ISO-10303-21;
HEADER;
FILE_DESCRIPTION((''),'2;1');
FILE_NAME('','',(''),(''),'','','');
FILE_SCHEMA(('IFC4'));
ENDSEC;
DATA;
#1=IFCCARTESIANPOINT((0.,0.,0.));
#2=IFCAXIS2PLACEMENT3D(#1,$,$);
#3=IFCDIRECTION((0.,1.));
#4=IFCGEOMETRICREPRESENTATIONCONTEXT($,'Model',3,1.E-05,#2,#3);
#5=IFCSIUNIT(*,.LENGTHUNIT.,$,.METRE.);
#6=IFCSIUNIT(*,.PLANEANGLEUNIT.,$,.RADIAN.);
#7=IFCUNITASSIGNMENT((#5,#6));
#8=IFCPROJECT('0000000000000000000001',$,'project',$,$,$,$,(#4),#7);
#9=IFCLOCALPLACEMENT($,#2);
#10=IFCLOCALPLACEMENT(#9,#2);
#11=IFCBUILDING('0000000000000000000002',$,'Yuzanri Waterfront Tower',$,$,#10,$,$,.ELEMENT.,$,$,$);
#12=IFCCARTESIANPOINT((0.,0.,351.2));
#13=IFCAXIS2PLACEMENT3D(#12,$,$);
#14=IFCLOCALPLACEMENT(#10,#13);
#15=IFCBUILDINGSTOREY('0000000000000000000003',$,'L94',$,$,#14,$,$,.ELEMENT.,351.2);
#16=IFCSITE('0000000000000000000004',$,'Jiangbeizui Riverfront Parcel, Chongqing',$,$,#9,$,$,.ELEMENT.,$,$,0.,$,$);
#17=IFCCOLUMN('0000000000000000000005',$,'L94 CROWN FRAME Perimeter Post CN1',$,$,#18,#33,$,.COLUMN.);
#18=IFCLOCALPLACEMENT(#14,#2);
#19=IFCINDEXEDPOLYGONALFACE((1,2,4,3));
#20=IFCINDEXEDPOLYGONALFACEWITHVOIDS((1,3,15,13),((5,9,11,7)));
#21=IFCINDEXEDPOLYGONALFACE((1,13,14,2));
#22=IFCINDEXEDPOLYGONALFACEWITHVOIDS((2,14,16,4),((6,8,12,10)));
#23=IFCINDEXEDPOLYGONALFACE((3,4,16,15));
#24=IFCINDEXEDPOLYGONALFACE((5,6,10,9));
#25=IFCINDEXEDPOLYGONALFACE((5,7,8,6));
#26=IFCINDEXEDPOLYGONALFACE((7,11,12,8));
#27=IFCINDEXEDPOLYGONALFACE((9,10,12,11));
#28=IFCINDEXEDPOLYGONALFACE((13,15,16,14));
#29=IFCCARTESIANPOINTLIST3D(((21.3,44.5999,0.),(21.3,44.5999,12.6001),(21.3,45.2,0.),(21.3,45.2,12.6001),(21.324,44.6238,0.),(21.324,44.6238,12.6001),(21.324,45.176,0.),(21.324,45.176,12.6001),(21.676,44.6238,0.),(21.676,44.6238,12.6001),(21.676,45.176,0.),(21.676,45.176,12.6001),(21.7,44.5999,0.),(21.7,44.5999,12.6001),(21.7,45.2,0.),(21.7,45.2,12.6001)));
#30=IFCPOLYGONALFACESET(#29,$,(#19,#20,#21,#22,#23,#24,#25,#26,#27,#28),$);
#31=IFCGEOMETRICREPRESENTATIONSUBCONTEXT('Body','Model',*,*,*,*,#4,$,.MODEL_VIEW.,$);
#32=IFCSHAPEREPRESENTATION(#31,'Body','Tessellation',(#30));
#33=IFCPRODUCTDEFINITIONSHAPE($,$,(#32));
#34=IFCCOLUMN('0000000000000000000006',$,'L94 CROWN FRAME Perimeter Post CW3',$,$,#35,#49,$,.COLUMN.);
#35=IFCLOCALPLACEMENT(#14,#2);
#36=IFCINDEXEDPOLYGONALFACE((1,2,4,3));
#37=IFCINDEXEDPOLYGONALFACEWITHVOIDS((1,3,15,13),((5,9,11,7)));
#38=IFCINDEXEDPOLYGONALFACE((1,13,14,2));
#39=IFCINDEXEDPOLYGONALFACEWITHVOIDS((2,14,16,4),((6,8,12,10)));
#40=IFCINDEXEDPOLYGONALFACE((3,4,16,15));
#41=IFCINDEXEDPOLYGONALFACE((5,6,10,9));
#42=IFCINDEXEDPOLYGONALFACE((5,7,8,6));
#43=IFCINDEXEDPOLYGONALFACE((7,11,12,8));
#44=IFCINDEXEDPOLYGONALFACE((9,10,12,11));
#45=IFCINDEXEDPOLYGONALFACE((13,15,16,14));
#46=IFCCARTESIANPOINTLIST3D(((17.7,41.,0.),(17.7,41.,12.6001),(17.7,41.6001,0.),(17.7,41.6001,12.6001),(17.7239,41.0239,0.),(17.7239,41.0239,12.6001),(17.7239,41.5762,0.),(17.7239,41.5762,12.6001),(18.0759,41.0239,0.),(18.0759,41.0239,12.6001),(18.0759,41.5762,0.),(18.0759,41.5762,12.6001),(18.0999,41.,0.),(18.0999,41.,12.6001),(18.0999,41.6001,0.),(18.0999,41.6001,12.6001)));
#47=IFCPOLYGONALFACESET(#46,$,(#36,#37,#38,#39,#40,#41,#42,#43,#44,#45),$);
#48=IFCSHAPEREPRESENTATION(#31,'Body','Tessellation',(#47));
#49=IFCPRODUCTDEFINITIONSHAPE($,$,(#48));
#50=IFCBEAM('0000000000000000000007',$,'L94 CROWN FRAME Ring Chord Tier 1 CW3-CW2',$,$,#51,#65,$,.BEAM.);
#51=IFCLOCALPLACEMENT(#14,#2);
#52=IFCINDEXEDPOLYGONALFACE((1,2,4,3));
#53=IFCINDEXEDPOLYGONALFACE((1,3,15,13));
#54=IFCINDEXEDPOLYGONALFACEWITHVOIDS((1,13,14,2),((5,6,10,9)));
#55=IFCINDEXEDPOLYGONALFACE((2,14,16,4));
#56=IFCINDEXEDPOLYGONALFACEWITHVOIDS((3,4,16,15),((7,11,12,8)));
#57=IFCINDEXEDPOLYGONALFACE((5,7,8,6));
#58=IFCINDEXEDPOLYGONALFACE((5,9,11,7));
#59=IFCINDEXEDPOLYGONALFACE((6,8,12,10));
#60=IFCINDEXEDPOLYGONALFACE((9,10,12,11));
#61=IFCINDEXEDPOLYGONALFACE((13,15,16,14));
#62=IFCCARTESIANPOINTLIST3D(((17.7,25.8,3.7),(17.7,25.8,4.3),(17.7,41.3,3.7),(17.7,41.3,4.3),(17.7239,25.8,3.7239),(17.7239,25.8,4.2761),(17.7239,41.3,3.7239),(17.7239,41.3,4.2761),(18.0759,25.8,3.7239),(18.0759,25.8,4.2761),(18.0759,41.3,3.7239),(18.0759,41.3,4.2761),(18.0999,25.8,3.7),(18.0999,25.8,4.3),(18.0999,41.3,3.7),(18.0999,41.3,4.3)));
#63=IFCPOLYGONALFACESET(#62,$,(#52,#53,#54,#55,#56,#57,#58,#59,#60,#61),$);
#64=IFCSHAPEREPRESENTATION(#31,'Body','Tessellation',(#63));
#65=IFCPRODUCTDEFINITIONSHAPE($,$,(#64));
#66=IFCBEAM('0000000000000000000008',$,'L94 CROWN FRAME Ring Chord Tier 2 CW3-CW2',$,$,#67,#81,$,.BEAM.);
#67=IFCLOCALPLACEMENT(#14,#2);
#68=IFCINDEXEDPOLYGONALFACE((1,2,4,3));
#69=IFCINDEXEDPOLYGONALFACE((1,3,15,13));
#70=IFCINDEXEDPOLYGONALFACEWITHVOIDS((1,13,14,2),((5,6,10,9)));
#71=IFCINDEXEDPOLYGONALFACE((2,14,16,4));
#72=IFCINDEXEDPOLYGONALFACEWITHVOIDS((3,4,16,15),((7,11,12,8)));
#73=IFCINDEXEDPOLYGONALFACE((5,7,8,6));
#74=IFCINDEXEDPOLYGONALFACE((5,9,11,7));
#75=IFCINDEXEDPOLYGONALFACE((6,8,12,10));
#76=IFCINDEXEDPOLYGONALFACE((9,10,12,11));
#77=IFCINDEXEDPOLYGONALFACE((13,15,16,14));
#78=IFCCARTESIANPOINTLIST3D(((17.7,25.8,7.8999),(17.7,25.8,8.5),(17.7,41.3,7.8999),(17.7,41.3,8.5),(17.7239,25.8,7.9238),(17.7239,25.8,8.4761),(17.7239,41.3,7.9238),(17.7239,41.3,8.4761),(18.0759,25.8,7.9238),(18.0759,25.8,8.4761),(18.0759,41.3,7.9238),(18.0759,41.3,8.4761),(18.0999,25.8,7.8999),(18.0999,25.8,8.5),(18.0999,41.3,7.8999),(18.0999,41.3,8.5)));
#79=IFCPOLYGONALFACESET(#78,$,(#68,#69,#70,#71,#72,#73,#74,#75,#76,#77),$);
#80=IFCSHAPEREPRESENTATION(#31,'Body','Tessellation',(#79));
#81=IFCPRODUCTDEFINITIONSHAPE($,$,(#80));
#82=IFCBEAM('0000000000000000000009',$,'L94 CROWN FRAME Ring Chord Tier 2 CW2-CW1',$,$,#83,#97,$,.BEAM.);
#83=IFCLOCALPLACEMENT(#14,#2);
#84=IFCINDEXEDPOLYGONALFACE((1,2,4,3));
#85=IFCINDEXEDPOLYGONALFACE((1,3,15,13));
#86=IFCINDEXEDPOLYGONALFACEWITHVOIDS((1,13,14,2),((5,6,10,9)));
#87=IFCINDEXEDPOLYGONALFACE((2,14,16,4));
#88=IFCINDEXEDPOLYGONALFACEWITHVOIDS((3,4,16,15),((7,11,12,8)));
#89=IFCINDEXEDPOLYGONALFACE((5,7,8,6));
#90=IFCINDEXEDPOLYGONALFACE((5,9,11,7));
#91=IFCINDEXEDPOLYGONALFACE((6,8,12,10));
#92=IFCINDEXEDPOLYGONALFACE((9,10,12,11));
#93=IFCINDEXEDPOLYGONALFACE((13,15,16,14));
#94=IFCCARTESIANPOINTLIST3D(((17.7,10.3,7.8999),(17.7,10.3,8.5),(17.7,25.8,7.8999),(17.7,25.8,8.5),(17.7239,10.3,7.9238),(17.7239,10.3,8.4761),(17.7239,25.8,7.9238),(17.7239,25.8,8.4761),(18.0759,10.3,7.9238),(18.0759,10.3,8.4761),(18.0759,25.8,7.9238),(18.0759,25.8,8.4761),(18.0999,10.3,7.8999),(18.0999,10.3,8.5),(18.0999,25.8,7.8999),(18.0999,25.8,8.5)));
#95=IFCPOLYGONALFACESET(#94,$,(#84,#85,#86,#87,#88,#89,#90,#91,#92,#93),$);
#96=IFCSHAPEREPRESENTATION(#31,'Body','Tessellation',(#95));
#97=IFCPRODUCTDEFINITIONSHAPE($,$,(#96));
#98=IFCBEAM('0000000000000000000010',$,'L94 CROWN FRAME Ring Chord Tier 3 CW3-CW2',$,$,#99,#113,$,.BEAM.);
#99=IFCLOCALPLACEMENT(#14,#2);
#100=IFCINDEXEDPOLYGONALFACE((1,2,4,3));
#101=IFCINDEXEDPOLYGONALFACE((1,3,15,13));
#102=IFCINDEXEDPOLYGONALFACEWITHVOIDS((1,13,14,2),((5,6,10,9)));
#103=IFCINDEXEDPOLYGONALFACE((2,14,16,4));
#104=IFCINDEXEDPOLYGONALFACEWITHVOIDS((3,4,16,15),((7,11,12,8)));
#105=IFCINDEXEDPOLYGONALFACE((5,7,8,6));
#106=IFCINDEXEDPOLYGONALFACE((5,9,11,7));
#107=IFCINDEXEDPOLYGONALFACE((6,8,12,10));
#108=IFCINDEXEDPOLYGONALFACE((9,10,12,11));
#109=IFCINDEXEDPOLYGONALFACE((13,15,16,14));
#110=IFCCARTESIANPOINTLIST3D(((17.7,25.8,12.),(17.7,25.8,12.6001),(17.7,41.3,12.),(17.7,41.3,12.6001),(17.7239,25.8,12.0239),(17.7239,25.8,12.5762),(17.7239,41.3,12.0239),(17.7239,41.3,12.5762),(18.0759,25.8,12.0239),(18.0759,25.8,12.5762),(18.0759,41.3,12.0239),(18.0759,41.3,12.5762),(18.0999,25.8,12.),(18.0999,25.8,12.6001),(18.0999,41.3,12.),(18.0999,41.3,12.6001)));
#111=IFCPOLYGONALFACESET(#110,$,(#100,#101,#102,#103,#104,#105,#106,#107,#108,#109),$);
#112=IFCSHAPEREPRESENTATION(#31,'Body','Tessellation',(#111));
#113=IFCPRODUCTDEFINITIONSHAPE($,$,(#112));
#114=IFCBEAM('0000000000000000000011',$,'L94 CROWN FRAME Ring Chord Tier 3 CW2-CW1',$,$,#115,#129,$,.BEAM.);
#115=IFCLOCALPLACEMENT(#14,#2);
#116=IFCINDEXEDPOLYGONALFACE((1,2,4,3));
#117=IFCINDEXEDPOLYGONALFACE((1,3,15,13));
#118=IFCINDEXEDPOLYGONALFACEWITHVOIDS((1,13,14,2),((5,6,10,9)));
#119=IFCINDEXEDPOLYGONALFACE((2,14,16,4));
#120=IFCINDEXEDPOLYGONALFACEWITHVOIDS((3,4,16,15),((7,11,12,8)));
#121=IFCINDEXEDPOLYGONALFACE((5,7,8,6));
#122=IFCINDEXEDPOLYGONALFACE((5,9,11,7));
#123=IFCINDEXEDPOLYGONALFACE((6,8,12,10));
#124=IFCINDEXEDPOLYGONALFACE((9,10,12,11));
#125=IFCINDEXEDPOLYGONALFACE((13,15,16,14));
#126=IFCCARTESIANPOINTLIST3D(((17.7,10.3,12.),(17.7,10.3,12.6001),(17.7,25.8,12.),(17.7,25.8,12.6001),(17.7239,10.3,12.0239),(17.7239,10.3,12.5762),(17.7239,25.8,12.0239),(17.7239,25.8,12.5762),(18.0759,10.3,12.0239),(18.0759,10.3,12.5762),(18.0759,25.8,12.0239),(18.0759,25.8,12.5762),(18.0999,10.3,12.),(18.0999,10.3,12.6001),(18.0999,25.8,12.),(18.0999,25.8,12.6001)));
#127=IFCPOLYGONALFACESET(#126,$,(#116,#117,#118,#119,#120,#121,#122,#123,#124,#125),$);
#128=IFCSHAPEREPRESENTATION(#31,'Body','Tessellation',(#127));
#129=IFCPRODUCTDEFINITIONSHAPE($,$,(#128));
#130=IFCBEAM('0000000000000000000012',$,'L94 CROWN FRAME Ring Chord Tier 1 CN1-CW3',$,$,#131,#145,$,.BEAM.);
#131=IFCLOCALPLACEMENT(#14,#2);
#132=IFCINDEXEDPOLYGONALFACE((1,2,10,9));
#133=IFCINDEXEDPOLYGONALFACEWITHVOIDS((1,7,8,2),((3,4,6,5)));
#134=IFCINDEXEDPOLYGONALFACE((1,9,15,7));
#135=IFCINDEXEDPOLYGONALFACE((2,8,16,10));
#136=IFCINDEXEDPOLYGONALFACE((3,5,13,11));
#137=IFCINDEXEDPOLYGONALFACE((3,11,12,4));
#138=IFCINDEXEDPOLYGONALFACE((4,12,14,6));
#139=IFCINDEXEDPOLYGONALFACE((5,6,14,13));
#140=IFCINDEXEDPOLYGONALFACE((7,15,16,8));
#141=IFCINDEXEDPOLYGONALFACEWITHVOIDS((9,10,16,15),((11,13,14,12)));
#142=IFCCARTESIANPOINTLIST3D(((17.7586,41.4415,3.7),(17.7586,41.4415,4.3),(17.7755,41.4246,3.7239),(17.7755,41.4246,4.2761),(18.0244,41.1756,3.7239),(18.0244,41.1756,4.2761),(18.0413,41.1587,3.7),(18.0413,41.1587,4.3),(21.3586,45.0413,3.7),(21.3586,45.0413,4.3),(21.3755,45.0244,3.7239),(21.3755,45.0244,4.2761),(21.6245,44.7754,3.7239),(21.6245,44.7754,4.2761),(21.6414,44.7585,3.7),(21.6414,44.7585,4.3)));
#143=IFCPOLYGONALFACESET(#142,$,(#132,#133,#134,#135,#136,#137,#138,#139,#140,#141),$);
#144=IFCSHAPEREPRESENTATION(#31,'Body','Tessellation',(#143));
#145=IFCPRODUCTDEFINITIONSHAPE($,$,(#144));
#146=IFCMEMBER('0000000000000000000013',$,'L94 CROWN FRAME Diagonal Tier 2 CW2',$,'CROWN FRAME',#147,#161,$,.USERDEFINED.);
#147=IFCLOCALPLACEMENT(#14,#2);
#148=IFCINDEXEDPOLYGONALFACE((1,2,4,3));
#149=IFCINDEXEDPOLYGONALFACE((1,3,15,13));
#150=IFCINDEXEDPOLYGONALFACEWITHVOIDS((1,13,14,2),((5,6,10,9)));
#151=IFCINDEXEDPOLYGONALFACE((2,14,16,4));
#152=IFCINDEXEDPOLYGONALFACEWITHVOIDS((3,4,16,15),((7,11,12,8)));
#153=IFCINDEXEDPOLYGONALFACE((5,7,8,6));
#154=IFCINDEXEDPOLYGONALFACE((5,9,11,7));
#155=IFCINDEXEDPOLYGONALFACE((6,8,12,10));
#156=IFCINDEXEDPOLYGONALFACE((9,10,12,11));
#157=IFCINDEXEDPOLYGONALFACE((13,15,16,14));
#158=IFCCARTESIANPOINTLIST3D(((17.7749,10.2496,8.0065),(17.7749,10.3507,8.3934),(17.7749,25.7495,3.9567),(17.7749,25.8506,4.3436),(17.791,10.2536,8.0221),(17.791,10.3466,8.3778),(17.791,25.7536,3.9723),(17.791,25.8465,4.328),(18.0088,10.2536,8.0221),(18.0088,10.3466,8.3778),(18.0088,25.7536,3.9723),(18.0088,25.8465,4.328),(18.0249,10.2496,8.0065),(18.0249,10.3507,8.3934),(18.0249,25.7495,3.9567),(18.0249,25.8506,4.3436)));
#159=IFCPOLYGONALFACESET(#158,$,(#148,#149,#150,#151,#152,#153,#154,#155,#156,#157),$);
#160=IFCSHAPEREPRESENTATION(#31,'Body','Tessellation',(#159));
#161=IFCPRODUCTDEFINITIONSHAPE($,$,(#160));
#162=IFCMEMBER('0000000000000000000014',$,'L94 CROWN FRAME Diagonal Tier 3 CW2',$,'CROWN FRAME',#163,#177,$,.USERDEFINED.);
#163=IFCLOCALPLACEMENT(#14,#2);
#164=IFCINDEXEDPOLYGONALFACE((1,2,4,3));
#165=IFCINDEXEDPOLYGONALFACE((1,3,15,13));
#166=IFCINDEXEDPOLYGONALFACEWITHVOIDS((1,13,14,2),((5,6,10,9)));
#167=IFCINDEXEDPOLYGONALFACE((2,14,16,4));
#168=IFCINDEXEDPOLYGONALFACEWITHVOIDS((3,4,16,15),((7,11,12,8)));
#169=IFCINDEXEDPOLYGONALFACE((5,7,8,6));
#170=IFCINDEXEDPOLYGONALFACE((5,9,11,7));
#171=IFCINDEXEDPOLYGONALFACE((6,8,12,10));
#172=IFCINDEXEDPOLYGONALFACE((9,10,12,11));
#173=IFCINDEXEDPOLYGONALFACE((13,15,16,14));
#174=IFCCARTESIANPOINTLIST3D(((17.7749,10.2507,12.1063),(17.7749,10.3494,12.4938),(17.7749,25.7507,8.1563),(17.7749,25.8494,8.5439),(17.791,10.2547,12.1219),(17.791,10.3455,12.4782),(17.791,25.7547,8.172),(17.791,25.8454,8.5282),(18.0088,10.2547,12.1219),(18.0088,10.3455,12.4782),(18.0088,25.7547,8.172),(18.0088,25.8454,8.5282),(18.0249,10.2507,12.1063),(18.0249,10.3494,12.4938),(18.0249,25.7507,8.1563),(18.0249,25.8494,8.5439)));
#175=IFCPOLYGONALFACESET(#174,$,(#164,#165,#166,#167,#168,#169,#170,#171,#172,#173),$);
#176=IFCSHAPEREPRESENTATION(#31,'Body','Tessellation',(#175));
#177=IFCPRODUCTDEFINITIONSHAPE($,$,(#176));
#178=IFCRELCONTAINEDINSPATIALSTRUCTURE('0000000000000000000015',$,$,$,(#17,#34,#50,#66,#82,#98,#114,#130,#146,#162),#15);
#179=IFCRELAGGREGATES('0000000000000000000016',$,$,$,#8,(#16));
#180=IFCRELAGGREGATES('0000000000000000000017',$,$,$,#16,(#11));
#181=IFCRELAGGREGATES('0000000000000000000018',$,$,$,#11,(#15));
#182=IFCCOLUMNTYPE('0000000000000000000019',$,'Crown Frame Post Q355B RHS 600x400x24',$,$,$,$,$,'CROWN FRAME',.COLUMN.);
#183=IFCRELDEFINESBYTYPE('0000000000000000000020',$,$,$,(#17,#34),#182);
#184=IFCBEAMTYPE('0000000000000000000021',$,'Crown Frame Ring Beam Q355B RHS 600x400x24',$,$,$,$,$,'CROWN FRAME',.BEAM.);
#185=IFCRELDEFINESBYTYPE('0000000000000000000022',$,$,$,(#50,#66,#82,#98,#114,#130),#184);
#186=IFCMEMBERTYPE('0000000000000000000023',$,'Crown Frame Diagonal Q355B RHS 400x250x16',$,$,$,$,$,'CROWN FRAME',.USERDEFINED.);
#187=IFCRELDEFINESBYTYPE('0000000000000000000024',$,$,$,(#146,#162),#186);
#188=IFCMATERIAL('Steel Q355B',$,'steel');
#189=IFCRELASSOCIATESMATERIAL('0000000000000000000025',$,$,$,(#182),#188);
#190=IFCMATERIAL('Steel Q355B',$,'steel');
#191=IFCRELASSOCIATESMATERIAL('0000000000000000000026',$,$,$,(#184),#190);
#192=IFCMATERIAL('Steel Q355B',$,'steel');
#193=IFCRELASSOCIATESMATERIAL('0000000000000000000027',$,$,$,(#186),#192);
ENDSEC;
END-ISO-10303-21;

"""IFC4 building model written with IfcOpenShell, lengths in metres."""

from ifc_helpers import new_model, si_unit, direction, frame, origin, origin_2d, place, context, subcontext, project, spatial, hollow_rectangle, extrude, source, transform, mapped, material, material_profile, profile_set, type_object, element, save


model = new_model("IFC4")

# Units and contexts
model_context = context("Model", 3, precision=1e-05, world=origin(), true_north=direction((0.0, 1.0)))
body_context = subcontext(model_context, "Body", "Model", "MODEL_VIEW")
ifc_project = project(units=[si_unit("LENGTHUNIT", "METRE"), si_unit("PLANEANGLEUNIT", "RADIAN")], contexts=[model_context])

# Site, building, storey
site_placement = place(None, origin())
site = spatial("IfcSite", under=ifc_project, at=site_placement, Name="Jiangbeizui Riverfront Parcel, Chongqing", CompositionType="ELEMENT", RefElevation=0.0)
building_placement = place(site_placement, origin())
building = spatial("IfcBuilding", under=site, at=building_placement, Name="Yuzanri Waterfront Tower", CompositionType="ELEMENT")
storey_placement = place(building_placement, frame((0.0, 0.0, 351.2)))
storey = spatial("IfcBuildingStorey", under=building, at=storey_placement, Name="L94", CompositionType="ELEMENT", Elevation=351.2)

# Columns
ifc_material_1 = material(Name="Steel Q355B", Category="steel")
ifc_material_profile_1 = material_profile(ifc_material_1, hollow_rectangle(XDim=0.3999, YDim=0.6001, WallThickness=0.0239, at=origin_2d()), Name="RHS 600x400x24")
ifc_profile_set_1 = profile_set([ifc_material_profile_1], Name="Steel Q355B")
column_type = type_object("IfcColumnType", Name="Crown Frame Post Q355B RHS 600x400x24", ElementType="CROWN FRAME", PredefinedType="COLUMN", material=ifc_profile_set_1)
shared_shape_1 = source(origin(), body_context, "Body", "SweptSolid", [
    extrude(hollow_rectangle(XDim=0.3999, YDim=0.6001, WallThickness=0.0239, at=origin_2d()), origin(), (0.0, 0.0, 1.0), 12.6001),
])
for number, where, z_axis, x_axis, name in (
    (1, (21.5, 44.8999, 0.0), (0.0, 0.0, 1.0), (1.0, 0.0, 0.0), "L94 CROWN FRAME Perimeter Post CN1"),
    (2, (17.8999, 41.3, 0.0), (0.0, 0.0, 1.0), (1.0, 0.0, 0.0), "L94 CROWN FRAME Perimeter Post CW3"),
):
    element("IfcColumn", number, at=place(storey_placement, frame(where, z_axis=z_axis, x_axis=x_axis)), inside=storey, type_object=column_type, Name=name, PredefinedType="COLUMN", context=body_context, shape_type="MappedRepresentation", body=[
        mapped(shared_shape_1, transform((0.0, 0.0, 0.0), scale=1.0)),
    ])

# Beams
ifc_material_2 = material(Name="Steel Q355B", Category="steel")
ifc_material_profile_2 = material_profile(ifc_material_2, hollow_rectangle(XDim=0.3999, YDim=0.6001, WallThickness=0.0239, at=origin_2d()), Name="RHS 600x400x24")
ifc_profile_set_2 = profile_set([ifc_material_profile_2], Name="Steel Q355B")
beam_type = type_object("IfcBeamType", Name="Crown Frame Ring Beam Q355B RHS 600x400x24", ElementType="CROWN FRAME", PredefinedType="BEAM", material=ifc_profile_set_2)
shared_shape_2 = source(origin(), body_context, "Body", "SweptSolid", [
    extrude(hollow_rectangle(XDim=0.3999, YDim=0.6001, WallThickness=0.0239, at=origin_2d()), origin(), (0.0, 0.0, 1.0), 15.5),
])
for number, where, z_axis, x_axis, name in (
    (3, (17.8999, 41.3, 4.0), (0.0, -1.0, 0.0), (1.0, 0.0, 0.0), "L94 CROWN FRAME Ring Chord Tier 1 CW3-CW2"),
    (4, (17.8999, 41.3, 8.2), (0.0, -1.0, 0.0), (1.0, 0.0, 0.0), "L94 CROWN FRAME Ring Chord Tier 2 CW3-CW2"),
    (5, (17.8999, 25.8, 8.2), (0.0, -1.0, 0.0), (1.0, 0.0, 0.0), "L94 CROWN FRAME Ring Chord Tier 2 CW2-CW1"),
    (6, (17.8999, 41.3, 12.3), (0.0, -1.0, 0.0), (1.0, 0.0, 0.0), "L94 CROWN FRAME Ring Chord Tier 3 CW3-CW2"),
    (7, (17.8999, 25.8, 12.3), (0.0, -1.0, 0.0), (1.0, 0.0, 0.0), "L94 CROWN FRAME Ring Chord Tier 3 CW2-CW1"),
):
    element("IfcBeam", number, at=place(storey_placement, frame(where, z_axis=z_axis, x_axis=x_axis)), inside=storey, type_object=beam_type, Name=name, PredefinedType="BEAM", context=body_context, shape_type="MappedRepresentation", body=[
        mapped(shared_shape_2, transform((0.0, 0.0, 0.0), scale=1.0)),
    ])
shared_shape_3 = source(origin(), body_context, "Body", "SweptSolid", [
    extrude(hollow_rectangle(XDim=0.3999, YDim=0.6001, WallThickness=0.0239, at=origin_2d()), origin(), (0.0, 0.0, 1.0), 5.0911),
])
beam_placement = place(storey_placement, frame((21.5, 44.8999, 4.0), z_axis=(-0.707131, -0.707083, 0.0), x_axis=(0.707083, -0.707131, 0.0)))
element("IfcBeam", 8, at=beam_placement, inside=storey, type_object=beam_type, Name="L94 CROWN FRAME Ring Chord Tier 1 CN1-CW3", PredefinedType="BEAM", context=body_context, shape_type="MappedRepresentation", body=[
    mapped(shared_shape_3, transform((0.0, 0.0, 0.0), scale=1.0)),
])

# Members
ifc_material_3 = material(Name="Steel Q355B", Category="steel")
ifc_material_profile_3 = material_profile(ifc_material_3, hollow_rectangle(XDim=0.25, YDim=0.3999, WallThickness=0.0161, at=origin_2d()), Name="RHS 400x250x16")
ifc_profile_set_3 = profile_set([ifc_material_profile_3], Name="Steel Q355B")
member_type_1 = type_object("IfcMemberType", Name="Crown Frame Diagonal Q355B RHS 400x250x16", ElementType="CROWN FRAME", PredefinedType="USERDEFINED", material=ifc_profile_set_3)
shared_shape_4 = source(origin(), body_context, "Body", "SweptSolid", [
    extrude(hollow_rectangle(XDim=0.25, YDim=0.3999, WallThickness=0.0161, at=origin_2d()), origin(), (0.0, 0.0, 1.0), 16.0203),
])
member_1_placement = place(storey_placement, frame((17.8999, 25.8, 4.1501), z_axis=(0.0, -0.967521, 0.252792), x_axis=(1.0, 0.0, 0.0)))
element("IfcMember", 9, at=member_1_placement, inside=storey, type_object=member_type_1, Name="L94 CROWN FRAME Diagonal Tier 2 CW2", ObjectType="CROWN FRAME", PredefinedType="USERDEFINED", context=body_context, shape_type="MappedRepresentation", body=[
    mapped(shared_shape_4, transform((0.0, 0.0, 0.0), scale=1.0)),
])
shared_shape_5 = source(origin(), body_context, "Body", "SweptSolid", [
    extrude(hollow_rectangle(XDim=0.25, YDim=0.3999, WallThickness=0.0161, at=origin_2d()), origin(), (0.0, 0.0, 1.0), 15.9954),
])
member_2_placement = place(storey_placement, frame((17.8999, 25.8, 8.3501), z_axis=(0.0, -0.96903, 0.246943), x_axis=(1.0, 0.0, 0.0)))
element("IfcMember", 10, at=member_2_placement, inside=storey, type_object=member_type_1, Name="L94 CROWN FRAME Diagonal Tier 3 CW2", ObjectType="CROWN FRAME", PredefinedType="USERDEFINED", context=body_context, shape_type="MappedRepresentation", body=[
    mapped(shared_shape_5, transform((0.0, 0.0, 0.0), scale=1.0)),
])

save(model, "model.ifc")
